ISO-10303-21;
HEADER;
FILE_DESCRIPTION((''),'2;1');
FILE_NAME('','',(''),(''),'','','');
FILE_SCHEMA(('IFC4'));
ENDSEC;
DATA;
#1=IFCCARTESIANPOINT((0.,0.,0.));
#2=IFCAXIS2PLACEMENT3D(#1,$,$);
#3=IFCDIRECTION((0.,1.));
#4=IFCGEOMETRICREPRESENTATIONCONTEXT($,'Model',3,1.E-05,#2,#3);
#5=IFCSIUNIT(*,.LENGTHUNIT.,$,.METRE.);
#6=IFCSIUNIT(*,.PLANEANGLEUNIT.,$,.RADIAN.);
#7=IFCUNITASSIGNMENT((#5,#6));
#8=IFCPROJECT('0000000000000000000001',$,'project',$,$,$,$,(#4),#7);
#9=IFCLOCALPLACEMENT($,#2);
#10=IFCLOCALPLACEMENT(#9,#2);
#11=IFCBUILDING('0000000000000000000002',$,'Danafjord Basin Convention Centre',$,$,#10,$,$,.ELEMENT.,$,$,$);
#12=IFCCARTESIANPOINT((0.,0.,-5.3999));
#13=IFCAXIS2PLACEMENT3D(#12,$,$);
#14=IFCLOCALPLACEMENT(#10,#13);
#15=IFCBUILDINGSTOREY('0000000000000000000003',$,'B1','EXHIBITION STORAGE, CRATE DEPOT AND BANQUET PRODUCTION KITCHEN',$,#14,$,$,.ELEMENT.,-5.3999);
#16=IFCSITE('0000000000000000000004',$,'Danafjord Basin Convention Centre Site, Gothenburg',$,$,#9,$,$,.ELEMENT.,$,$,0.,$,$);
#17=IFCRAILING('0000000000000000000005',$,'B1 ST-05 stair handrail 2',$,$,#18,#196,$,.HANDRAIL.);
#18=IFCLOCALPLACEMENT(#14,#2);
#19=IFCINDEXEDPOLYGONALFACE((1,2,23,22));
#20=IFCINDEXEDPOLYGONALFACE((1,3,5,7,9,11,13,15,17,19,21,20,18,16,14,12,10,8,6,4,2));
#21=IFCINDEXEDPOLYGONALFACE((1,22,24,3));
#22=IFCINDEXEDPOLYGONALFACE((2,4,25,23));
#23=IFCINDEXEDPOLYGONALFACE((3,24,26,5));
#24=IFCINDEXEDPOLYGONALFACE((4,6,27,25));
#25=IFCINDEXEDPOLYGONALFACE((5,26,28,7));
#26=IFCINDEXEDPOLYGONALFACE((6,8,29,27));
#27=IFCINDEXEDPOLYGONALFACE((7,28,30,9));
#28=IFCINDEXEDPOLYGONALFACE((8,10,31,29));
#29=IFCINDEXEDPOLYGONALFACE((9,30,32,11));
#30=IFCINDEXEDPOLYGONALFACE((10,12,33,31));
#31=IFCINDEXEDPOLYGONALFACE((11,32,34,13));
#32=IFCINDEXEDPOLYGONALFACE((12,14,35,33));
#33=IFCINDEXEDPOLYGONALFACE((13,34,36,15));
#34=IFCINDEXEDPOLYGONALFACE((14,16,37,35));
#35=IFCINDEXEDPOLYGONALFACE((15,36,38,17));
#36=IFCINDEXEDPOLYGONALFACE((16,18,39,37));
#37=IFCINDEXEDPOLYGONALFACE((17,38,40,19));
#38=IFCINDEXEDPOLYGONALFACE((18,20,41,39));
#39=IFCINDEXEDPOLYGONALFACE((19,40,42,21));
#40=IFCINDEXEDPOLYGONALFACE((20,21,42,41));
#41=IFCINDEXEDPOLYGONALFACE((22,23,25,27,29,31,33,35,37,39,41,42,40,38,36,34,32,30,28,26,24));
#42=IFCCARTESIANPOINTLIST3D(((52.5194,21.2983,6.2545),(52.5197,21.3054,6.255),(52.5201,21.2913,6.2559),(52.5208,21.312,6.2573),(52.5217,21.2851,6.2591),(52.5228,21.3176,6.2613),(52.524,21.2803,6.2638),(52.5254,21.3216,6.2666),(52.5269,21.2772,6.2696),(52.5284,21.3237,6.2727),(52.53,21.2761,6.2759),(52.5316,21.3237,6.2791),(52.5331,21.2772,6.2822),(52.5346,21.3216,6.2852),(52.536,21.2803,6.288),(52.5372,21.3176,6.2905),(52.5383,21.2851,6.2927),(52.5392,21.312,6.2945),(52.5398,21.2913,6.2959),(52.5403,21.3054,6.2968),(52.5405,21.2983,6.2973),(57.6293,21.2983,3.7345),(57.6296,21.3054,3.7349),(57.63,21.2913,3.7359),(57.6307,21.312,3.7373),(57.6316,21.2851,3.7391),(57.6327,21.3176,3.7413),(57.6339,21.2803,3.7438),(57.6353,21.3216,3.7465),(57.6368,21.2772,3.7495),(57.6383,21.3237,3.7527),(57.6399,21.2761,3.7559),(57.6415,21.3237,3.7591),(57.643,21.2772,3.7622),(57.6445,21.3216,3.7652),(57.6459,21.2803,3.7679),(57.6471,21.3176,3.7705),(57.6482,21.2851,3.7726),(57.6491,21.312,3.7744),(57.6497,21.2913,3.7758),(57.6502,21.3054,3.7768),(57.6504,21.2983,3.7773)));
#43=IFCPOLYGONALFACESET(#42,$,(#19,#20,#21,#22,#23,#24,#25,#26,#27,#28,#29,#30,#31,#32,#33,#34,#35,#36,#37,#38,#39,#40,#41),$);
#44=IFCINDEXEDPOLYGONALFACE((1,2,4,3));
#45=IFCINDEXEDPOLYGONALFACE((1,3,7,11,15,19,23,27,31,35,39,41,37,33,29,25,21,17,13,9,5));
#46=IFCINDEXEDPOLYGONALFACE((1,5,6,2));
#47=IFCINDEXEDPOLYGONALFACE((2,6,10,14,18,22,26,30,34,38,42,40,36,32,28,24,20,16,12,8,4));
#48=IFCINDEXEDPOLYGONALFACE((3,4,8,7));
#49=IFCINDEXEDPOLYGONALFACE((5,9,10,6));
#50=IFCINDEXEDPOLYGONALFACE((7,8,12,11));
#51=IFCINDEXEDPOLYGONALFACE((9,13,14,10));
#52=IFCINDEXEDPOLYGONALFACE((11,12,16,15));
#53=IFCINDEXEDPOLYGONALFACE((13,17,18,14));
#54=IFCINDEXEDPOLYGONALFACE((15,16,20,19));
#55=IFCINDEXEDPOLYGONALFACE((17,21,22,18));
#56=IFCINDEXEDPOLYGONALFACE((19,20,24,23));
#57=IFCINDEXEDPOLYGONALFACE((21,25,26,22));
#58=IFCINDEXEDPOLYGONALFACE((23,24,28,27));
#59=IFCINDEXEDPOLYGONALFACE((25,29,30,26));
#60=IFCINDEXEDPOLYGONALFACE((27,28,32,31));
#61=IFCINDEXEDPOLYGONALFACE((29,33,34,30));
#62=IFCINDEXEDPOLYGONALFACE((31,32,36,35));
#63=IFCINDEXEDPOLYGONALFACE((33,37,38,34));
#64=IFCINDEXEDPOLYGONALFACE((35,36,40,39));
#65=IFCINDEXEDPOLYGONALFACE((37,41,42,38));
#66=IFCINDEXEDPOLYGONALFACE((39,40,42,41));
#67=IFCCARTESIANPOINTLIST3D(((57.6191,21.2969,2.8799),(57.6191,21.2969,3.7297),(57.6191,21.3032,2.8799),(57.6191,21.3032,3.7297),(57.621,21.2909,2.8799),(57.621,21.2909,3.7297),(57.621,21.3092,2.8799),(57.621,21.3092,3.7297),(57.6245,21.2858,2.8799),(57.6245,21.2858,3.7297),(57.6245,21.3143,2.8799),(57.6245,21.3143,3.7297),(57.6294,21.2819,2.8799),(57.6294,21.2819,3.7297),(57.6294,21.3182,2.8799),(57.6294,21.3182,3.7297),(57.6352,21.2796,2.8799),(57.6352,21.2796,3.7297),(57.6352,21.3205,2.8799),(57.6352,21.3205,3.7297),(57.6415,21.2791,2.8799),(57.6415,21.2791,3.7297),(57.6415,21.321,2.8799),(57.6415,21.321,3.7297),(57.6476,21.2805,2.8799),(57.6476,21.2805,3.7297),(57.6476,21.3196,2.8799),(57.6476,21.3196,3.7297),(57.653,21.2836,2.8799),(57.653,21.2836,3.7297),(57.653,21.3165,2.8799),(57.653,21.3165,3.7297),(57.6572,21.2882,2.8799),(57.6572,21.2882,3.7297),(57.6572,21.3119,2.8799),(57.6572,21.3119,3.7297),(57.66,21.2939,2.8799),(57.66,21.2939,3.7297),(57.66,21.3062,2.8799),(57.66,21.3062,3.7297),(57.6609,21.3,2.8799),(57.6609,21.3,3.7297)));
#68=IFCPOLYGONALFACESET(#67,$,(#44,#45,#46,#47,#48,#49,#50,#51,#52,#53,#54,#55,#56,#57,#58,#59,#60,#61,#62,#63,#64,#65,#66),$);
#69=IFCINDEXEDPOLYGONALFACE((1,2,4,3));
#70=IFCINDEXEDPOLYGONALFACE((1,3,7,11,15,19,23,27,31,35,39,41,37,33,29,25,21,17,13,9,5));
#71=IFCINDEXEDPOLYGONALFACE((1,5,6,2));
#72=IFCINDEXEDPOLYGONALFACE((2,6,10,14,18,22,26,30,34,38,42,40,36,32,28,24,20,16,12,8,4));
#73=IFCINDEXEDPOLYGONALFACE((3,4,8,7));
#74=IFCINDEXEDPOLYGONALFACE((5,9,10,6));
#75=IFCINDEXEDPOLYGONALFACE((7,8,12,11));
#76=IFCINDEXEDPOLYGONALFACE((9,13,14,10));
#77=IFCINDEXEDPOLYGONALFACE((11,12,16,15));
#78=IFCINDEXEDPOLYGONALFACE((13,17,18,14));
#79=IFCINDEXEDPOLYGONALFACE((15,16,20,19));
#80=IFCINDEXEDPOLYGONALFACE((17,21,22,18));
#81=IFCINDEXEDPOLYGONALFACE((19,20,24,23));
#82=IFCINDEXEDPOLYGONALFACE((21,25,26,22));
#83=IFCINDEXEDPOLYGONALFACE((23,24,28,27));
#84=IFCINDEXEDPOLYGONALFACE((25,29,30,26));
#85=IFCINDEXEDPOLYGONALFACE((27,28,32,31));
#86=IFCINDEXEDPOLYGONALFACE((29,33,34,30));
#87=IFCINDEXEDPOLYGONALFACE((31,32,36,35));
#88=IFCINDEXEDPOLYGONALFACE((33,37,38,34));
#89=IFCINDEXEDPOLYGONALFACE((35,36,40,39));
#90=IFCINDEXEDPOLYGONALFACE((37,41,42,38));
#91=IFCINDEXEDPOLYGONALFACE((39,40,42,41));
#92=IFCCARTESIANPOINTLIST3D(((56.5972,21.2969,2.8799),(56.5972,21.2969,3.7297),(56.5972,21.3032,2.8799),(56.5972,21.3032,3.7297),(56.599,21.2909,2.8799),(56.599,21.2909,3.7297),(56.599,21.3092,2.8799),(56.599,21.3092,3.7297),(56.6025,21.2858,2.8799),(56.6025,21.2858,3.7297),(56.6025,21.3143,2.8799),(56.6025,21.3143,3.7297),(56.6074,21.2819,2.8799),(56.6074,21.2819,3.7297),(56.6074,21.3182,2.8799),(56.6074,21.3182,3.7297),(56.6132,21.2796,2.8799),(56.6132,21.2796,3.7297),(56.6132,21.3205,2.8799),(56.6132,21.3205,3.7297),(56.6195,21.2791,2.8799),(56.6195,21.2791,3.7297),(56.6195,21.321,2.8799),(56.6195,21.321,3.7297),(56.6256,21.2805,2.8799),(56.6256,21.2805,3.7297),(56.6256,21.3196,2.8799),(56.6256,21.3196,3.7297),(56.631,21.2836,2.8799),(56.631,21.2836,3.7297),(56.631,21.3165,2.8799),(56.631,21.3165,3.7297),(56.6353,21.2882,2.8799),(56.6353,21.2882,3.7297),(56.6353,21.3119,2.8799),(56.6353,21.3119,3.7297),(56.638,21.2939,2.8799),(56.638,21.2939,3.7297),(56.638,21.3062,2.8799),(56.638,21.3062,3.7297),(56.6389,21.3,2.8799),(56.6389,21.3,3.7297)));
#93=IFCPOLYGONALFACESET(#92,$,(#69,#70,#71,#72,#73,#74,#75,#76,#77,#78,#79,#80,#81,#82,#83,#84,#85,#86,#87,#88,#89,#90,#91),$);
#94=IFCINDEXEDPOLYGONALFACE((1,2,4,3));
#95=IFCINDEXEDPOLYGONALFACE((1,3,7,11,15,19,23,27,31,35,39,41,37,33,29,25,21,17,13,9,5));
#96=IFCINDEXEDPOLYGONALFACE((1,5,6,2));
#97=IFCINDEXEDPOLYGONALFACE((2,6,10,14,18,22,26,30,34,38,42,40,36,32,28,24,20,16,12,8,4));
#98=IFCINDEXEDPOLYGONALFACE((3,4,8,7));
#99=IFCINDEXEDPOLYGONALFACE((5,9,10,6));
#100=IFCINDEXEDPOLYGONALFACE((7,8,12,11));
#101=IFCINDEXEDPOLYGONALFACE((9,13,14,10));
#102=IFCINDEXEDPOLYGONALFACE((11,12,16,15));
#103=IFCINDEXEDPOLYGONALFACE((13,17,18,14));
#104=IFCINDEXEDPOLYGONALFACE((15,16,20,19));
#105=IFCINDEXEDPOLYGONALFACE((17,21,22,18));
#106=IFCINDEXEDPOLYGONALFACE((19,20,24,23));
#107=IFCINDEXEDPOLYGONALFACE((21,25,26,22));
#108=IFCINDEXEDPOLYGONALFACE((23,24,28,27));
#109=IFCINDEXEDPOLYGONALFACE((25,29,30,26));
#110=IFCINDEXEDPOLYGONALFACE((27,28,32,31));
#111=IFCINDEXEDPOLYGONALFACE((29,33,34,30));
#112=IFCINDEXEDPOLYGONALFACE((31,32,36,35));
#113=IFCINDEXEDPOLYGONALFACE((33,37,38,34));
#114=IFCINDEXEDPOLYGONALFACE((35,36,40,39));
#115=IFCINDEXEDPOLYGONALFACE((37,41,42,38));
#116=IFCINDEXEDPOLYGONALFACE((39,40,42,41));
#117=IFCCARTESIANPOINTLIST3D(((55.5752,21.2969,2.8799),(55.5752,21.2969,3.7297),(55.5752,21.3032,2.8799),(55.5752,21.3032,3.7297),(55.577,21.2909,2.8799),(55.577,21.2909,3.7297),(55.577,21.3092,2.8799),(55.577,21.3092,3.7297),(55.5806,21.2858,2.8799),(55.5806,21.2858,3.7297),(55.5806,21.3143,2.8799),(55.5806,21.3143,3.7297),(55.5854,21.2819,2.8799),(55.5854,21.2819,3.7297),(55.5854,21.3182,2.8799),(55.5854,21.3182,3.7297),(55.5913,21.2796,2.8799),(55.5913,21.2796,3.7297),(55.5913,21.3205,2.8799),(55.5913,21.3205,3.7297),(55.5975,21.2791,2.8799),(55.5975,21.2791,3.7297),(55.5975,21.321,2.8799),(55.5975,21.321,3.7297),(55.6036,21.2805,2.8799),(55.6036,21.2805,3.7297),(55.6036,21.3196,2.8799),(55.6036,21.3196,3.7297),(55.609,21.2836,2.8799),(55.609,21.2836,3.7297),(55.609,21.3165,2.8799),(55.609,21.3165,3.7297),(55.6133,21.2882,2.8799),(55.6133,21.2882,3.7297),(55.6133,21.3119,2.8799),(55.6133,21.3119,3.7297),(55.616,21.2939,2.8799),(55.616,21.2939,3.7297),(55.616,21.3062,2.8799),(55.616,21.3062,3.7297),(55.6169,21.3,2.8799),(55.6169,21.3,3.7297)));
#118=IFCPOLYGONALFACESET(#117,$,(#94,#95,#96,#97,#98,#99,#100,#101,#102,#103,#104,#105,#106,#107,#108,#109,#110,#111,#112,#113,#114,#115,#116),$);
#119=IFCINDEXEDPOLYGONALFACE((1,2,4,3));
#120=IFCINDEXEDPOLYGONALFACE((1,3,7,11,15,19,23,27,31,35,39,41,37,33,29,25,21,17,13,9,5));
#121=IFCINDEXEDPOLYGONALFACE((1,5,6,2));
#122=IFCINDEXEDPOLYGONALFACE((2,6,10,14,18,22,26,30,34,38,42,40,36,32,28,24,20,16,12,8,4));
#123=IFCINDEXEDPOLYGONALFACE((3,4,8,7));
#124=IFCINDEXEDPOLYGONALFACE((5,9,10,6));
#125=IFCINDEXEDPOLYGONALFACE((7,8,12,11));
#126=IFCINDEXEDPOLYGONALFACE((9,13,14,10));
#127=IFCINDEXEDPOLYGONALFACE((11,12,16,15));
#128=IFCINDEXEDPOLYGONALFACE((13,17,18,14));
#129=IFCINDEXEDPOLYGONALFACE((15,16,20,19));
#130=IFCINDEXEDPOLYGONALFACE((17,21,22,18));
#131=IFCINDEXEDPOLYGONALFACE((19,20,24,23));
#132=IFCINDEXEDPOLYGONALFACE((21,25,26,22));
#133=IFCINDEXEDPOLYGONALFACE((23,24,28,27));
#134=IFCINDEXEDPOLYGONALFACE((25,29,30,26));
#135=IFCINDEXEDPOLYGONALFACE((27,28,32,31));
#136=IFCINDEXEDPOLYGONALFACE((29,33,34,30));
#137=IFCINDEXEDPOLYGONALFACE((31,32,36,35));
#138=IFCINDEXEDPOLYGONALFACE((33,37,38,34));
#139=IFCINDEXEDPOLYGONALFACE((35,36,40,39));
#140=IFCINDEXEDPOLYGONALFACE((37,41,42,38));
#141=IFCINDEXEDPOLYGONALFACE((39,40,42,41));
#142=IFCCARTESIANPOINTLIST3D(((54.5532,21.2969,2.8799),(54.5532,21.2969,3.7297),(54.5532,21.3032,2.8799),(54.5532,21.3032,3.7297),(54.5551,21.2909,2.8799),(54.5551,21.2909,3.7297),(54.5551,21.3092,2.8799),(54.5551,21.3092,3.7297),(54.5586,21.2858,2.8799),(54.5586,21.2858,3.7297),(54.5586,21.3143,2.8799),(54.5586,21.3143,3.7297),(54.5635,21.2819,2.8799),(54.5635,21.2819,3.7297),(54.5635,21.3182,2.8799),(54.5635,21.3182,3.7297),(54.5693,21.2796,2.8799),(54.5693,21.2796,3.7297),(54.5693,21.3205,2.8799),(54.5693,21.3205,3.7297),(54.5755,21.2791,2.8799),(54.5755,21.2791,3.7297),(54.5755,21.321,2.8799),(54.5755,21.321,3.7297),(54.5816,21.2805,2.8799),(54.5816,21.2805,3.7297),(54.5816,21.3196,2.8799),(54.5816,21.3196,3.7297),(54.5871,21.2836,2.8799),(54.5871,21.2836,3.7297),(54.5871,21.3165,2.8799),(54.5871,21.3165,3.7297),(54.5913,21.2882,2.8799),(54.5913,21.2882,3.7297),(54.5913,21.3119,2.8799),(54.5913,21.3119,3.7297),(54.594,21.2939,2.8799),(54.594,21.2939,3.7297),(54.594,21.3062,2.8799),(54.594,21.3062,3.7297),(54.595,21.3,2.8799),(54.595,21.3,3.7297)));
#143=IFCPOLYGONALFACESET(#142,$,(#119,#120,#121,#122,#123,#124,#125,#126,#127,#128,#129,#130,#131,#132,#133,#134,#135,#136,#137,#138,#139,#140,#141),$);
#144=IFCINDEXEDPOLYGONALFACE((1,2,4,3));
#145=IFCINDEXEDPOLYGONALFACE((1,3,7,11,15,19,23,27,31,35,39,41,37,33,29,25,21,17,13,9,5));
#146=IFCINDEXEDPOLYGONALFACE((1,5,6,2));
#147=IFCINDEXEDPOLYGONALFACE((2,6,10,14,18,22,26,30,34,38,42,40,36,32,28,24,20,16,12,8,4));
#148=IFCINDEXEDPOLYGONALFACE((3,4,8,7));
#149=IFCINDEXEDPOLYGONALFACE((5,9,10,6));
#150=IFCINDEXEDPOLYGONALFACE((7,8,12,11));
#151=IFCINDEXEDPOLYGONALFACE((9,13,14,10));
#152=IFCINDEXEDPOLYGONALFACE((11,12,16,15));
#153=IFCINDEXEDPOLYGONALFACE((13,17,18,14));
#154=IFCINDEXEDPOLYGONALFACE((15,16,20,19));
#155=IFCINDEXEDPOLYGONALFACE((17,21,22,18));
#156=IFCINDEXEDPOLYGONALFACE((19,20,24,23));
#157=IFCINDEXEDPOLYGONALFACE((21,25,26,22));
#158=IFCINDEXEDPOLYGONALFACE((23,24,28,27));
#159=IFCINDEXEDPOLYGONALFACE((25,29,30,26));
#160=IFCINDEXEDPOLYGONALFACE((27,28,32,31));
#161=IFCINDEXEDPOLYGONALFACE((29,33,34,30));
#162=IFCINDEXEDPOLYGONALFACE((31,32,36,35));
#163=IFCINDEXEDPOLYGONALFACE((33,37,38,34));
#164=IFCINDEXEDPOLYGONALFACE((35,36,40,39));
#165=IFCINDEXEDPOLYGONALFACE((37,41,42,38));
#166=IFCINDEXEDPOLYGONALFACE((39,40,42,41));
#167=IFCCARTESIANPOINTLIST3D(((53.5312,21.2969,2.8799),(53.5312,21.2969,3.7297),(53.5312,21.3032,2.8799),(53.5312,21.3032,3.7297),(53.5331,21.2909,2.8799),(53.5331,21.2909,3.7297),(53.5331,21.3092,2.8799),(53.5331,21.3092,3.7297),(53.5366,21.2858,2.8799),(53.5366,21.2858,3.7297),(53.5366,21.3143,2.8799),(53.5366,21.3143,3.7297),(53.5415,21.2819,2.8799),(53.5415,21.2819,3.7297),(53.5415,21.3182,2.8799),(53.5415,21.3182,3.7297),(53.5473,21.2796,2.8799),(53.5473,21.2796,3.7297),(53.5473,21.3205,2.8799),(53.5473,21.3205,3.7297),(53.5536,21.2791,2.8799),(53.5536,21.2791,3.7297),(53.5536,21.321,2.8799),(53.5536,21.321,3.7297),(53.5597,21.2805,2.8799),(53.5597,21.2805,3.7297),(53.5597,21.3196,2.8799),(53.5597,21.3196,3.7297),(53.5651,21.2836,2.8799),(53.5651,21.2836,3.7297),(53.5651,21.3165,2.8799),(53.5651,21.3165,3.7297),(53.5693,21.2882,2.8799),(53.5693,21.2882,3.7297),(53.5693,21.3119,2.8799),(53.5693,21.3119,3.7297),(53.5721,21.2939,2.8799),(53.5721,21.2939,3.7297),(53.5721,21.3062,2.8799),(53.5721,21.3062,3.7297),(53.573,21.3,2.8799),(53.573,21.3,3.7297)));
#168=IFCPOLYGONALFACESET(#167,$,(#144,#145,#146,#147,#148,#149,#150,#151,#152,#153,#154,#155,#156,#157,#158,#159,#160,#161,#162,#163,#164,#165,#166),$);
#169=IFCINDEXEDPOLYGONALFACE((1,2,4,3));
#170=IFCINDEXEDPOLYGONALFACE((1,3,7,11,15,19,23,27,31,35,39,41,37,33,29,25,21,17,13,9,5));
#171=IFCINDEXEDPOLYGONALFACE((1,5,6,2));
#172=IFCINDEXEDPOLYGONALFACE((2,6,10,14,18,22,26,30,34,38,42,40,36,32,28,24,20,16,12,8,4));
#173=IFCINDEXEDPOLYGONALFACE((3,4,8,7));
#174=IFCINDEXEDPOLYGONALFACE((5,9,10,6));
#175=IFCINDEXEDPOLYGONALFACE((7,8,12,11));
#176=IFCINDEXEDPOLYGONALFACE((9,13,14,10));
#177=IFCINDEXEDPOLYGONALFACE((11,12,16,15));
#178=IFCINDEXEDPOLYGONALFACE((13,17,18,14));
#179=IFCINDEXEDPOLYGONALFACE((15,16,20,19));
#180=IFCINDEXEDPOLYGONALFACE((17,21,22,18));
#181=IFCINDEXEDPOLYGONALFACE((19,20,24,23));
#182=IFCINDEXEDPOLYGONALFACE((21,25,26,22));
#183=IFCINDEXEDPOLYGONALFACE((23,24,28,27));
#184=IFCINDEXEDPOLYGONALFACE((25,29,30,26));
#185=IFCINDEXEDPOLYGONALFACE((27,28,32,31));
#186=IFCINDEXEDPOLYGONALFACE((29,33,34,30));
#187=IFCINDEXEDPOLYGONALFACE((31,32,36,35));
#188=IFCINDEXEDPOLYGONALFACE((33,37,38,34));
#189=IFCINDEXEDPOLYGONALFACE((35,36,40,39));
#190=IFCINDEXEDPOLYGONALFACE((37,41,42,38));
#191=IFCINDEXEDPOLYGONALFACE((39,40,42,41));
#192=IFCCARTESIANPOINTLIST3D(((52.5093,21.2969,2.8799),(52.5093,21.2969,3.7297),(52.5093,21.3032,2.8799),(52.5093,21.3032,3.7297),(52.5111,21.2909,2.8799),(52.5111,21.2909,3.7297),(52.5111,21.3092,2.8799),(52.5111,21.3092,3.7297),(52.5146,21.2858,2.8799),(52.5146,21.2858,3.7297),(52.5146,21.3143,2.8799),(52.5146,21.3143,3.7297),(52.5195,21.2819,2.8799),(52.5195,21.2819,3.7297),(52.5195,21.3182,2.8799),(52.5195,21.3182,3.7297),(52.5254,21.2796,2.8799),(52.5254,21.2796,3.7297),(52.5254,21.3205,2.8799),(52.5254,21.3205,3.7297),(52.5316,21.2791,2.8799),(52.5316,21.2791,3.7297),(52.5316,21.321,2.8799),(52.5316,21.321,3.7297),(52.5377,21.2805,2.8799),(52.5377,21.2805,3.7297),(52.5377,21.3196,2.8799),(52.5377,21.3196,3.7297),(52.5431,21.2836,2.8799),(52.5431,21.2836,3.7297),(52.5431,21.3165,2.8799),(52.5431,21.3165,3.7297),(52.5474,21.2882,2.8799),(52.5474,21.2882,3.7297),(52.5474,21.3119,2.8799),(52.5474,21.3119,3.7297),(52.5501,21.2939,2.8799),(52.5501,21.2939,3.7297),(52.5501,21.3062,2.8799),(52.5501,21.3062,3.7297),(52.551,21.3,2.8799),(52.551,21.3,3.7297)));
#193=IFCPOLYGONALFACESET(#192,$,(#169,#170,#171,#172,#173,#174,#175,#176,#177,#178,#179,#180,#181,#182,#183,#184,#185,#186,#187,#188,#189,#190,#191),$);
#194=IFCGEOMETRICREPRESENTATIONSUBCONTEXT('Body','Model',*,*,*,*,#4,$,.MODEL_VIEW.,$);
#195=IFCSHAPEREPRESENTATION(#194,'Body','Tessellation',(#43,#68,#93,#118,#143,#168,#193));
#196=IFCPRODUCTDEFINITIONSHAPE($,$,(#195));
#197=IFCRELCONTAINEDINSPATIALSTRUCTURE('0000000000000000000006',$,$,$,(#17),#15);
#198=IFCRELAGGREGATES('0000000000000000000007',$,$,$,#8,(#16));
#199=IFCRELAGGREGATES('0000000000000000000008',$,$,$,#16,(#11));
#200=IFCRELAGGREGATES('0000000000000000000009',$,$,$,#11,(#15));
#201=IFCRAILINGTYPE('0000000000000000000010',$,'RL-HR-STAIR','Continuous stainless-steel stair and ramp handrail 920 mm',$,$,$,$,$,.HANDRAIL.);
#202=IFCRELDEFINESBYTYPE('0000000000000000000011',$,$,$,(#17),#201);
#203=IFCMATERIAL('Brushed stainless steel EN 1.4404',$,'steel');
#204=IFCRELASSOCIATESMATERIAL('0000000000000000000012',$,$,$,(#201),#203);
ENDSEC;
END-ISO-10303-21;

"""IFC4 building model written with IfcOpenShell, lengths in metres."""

from ifc_helpers import new_model, si_unit, direction, frame, origin, origin_2d, place, context, subcontext, project, spatial, circle, extrude, material, type_object, element, save


model = new_model("IFC4")

# Units and contexts
model_context = context("Model", 3, precision=1e-05, world=origin(), true_north=direction((0.0, 1.0)))
body_context = subcontext(model_context, "Body", "Model", "MODEL_VIEW")
ifc_project = project(units=[si_unit("LENGTHUNIT", "METRE"), si_unit("PLANEANGLEUNIT", "RADIAN")], contexts=[model_context])

# Site, building, storey
site_placement = place(None, origin())
site = spatial("IfcSite", under=ifc_project, at=site_placement, Name="Danafjord Basin Convention Centre Site, Gothenburg", CompositionType="ELEMENT", RefElevation=0.0)
building_placement = place(site_placement, origin())
building = spatial("IfcBuilding", under=site, at=building_placement, Name="Danafjord Basin Convention Centre", CompositionType="ELEMENT")
storey_placement = place(building_placement, frame((0.0, 0.0, -5.3999)))
storey = spatial("IfcBuildingStorey", under=building, at=storey_placement, Name="B1", Description="EXHIBITION STORAGE, CRATE DEPOT AND BANQUET PRODUCTION KITCHEN", CompositionType="ELEMENT", Elevation=-5.3999)

# Railing
ifc_material_1 = material(Name="Brushed stainless steel EN 1.4404", Category="steel")
railing_type_1 = type_object("IfcRailingType", Name="RL-HR-STAIR", Description="Continuous stainless-steel stair and ramp handrail 920 mm", PredefinedType="HANDRAIL", material=ifc_material_1)
railing_1_placement = place(storey_placement, frame((57.6399, 21.3, 2.8799)))
element("IfcRailing", 1, at=railing_1_placement, inside=storey, type_object=railing_type_1, Name="B1 ST-05 stair handrail 2", PredefinedType="HANDRAIL", context=body_context, shape_type="SweptSolid", body=[
    extrude(circle(Radius=0.0239, at=origin_2d()), frame((0.0, 0.0, 0.876), z_axis=(-0.896865, 0.0, 0.442305), x_axis=(0.0, -1.0, 0.0)), (0.0, 0.0, 1.0), 5.6975),
    extrude(circle(Radius=0.021, at=origin_2d()), origin(), (0.0, 0.0, 1.0), 0.8499),
    extrude(circle(Radius=0.021, at=origin_2d()), frame((-1.022, 0.0, 0.0)), (0.0, 0.0, 1.0), 0.8499),
    extrude(circle(Radius=0.021, at=origin_2d()), frame((-2.0439, 0.0, 0.0)), (0.0, 0.0, 1.0), 0.8499),
    extrude(circle(Radius=0.021, at=origin_2d()), frame((-3.0659, 0.0, 0.0)), (0.0, 0.0, 1.0), 0.8499),
    extrude(circle(Radius=0.021, at=origin_2d()), frame((-4.0879, 0.0, 0.0)), (0.0, 0.0, 1.0), 0.8499),
    extrude(circle(Radius=0.021, at=origin_2d()), frame((-5.1099, 0.0, 0.0)), (0.0, 0.0, 1.0), 0.8499),
])

save(model, "model.ifc")
